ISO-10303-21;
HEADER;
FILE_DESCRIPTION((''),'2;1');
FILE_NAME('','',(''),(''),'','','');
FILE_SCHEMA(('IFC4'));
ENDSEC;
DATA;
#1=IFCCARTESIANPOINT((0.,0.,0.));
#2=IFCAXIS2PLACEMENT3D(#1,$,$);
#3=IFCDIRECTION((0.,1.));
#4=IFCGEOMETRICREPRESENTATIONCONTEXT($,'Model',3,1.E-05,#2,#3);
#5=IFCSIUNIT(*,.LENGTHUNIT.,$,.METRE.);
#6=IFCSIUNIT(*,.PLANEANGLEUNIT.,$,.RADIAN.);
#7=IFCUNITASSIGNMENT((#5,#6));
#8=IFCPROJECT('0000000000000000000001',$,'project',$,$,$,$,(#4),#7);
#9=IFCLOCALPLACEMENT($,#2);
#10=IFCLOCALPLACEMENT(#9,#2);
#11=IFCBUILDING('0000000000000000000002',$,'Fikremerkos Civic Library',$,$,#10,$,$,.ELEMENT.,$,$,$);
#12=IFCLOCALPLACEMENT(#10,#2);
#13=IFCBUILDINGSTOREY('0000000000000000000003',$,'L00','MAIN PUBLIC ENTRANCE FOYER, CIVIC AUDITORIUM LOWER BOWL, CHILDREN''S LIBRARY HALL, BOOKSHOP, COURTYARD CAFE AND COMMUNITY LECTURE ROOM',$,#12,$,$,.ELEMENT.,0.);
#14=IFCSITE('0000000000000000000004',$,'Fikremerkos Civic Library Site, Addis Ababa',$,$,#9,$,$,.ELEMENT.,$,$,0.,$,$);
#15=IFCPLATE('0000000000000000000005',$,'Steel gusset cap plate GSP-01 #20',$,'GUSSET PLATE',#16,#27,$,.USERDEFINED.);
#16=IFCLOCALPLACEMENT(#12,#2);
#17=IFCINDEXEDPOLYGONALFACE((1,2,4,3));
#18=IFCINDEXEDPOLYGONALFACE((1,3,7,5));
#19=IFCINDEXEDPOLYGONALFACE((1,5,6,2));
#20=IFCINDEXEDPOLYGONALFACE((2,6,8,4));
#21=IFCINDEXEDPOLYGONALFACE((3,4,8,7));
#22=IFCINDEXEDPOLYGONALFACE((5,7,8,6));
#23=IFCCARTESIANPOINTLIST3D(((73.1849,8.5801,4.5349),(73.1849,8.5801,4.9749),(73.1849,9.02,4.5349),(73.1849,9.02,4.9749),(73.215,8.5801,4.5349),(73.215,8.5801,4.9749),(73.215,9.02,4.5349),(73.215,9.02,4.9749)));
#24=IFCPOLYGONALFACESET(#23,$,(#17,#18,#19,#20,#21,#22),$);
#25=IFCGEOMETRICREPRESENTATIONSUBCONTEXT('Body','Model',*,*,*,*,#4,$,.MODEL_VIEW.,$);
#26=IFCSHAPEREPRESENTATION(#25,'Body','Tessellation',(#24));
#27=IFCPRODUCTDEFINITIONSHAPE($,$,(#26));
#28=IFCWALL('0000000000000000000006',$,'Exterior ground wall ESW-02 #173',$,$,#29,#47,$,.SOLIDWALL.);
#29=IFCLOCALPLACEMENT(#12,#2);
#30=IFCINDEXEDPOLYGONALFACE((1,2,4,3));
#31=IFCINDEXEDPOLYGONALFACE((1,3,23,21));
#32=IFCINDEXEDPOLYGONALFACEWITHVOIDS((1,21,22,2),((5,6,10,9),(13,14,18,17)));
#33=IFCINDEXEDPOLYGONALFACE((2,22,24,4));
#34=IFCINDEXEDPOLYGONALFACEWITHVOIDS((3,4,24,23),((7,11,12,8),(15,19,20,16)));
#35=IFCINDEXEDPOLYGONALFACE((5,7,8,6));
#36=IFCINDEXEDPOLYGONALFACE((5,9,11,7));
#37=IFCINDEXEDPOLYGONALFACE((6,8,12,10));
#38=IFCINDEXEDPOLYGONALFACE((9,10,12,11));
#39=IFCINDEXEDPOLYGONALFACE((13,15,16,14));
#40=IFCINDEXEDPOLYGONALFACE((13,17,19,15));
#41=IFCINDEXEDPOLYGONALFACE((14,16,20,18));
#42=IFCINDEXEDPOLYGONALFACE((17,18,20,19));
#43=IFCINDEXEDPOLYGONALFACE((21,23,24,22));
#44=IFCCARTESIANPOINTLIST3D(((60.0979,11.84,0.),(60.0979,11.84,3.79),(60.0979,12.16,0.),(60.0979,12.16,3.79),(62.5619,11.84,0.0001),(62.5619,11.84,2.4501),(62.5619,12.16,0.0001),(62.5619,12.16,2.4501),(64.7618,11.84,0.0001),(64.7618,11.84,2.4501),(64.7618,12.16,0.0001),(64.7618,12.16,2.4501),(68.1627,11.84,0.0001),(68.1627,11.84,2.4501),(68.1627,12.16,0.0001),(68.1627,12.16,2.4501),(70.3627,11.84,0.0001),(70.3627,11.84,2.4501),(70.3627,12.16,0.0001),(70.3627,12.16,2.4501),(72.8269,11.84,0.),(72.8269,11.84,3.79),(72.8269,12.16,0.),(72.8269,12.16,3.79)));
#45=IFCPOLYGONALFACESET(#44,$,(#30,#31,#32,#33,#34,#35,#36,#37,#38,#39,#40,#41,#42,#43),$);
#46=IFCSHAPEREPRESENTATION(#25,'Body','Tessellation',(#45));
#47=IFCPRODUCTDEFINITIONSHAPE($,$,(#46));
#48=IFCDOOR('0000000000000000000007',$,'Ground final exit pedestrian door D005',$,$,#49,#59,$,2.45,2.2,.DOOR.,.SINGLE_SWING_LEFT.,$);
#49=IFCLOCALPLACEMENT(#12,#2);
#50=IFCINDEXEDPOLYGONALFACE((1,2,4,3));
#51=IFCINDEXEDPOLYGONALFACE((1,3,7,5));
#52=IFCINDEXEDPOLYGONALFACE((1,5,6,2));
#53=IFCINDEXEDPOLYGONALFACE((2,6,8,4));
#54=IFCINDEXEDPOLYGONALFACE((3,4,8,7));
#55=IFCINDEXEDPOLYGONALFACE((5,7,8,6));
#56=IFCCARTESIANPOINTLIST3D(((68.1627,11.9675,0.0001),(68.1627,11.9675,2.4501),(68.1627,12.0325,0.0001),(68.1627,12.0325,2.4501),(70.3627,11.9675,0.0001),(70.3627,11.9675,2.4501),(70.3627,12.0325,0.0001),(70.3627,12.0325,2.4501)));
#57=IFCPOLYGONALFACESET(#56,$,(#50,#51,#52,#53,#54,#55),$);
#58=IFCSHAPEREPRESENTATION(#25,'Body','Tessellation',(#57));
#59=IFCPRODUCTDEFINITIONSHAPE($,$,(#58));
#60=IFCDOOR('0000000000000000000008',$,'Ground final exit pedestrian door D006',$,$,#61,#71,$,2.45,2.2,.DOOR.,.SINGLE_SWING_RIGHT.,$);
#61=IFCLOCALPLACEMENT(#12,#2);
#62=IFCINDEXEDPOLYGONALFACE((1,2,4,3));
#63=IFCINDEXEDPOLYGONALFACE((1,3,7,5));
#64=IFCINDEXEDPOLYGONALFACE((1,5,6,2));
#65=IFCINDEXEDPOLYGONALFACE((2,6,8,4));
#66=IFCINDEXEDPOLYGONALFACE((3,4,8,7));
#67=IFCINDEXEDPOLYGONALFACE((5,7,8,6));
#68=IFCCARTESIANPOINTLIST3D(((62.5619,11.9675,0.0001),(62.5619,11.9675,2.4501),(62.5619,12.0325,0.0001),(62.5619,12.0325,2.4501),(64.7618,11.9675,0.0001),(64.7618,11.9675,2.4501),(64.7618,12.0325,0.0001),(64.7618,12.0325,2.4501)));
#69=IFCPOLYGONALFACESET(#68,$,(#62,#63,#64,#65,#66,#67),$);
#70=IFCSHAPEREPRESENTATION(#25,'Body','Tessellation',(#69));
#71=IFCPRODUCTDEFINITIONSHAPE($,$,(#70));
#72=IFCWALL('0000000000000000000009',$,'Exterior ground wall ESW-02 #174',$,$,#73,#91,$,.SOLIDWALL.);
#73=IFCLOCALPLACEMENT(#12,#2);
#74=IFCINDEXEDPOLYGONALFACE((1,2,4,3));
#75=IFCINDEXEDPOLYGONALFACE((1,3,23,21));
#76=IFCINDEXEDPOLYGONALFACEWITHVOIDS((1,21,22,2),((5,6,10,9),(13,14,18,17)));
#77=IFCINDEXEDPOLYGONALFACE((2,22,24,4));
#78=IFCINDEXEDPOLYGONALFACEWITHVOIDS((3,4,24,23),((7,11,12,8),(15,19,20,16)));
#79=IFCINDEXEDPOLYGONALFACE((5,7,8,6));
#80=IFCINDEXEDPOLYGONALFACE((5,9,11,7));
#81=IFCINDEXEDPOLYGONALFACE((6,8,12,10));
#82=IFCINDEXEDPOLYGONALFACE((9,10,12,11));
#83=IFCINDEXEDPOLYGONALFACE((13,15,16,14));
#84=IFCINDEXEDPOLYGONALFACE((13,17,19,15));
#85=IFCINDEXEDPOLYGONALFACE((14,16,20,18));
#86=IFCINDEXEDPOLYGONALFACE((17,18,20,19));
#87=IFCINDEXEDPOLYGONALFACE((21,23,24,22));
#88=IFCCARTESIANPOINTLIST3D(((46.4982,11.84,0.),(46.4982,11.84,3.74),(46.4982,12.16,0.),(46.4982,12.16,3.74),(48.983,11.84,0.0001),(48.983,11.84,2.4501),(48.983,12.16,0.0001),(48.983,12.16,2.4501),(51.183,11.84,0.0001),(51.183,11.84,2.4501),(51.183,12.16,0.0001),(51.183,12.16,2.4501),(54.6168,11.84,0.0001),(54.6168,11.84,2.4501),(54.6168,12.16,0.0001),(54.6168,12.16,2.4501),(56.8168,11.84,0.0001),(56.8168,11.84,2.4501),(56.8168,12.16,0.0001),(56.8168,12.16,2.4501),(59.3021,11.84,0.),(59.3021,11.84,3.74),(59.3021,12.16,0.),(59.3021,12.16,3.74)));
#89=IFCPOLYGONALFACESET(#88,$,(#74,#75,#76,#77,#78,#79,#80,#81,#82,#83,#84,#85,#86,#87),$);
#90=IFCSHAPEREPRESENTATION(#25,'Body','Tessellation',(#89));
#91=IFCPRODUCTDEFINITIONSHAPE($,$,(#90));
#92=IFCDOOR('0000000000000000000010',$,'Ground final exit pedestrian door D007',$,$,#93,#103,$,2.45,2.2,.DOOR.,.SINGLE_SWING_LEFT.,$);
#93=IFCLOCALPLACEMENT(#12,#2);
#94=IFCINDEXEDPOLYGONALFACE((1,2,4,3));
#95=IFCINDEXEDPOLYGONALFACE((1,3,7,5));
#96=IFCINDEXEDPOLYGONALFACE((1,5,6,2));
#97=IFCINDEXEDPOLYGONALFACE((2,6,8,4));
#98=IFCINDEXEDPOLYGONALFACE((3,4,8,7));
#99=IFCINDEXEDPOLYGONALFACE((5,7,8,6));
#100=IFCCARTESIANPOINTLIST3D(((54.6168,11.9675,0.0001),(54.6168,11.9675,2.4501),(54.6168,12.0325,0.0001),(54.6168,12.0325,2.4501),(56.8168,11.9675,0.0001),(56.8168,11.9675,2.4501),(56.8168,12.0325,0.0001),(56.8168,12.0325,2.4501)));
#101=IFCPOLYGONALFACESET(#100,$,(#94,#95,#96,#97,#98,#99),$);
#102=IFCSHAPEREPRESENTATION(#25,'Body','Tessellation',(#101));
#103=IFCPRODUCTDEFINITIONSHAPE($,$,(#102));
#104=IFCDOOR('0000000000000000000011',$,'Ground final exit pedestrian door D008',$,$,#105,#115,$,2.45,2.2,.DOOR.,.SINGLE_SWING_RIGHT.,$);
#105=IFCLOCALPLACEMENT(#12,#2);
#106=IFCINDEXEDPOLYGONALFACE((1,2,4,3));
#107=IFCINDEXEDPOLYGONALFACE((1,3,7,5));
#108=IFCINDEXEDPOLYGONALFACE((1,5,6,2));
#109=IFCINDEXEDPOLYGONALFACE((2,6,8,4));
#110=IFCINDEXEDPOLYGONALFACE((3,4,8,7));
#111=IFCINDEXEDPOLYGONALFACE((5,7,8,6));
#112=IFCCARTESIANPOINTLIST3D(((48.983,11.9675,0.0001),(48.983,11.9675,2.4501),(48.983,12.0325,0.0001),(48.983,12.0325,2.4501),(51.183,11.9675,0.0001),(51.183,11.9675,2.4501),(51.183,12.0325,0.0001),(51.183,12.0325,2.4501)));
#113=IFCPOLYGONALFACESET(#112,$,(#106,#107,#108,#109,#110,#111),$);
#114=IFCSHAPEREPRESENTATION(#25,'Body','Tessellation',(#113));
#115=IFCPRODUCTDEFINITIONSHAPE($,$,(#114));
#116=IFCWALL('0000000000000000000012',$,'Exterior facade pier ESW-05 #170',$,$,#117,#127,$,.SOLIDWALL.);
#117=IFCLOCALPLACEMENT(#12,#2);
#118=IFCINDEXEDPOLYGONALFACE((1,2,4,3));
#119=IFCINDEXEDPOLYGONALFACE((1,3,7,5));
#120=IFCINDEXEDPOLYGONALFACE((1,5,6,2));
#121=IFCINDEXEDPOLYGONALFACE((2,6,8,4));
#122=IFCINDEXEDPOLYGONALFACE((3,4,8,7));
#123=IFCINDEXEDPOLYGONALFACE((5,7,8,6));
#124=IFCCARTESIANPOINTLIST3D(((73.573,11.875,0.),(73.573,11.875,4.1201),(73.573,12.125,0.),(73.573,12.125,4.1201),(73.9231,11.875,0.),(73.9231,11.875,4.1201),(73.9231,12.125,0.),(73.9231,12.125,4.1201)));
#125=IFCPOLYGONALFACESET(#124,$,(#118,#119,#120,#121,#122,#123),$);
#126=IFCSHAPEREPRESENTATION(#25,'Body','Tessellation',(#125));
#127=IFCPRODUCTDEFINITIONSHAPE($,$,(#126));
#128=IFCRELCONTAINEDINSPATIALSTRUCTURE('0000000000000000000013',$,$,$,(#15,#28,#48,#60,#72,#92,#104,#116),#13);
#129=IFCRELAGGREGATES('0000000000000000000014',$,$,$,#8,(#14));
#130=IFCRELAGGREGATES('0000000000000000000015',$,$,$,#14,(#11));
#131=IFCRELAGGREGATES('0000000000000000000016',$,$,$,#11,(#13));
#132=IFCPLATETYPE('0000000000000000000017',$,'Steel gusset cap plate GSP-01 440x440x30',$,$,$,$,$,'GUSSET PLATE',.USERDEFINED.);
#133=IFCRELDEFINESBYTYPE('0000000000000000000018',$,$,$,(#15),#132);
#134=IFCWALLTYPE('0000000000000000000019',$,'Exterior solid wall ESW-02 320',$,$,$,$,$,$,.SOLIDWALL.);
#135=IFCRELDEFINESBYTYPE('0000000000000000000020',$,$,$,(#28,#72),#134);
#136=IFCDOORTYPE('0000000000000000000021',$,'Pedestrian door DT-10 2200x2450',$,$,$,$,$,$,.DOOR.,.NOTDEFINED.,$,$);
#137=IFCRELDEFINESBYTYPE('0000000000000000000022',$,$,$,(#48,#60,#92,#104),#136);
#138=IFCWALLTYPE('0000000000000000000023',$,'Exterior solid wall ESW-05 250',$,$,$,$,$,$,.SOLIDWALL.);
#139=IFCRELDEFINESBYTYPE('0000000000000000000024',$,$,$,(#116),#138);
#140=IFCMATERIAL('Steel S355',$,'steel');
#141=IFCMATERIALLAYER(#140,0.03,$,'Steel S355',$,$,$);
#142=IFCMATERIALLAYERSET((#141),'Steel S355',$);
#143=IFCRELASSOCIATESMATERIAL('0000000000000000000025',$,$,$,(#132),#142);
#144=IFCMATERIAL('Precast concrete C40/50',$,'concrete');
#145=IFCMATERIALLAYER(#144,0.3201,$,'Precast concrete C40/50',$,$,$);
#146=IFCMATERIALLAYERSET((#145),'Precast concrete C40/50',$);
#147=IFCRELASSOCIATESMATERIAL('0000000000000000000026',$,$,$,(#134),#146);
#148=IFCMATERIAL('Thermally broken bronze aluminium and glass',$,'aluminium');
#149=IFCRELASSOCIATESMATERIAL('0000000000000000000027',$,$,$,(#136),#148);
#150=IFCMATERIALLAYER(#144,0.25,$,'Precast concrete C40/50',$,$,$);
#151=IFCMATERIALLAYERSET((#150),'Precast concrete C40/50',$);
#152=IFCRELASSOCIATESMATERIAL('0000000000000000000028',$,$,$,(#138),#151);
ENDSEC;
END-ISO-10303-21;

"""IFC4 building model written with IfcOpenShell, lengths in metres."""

from ifc_helpers import new_model, si_unit, direction, frame, frame_2d, origin, origin_2d, place, context, subcontext, project, spatial, rectangle, extrude, material, layer, layer_set, type_object, element, fill, save


model = new_model("IFC4")

# Units and contexts
model_context = context("Model", 3, precision=1e-05, world=origin(), true_north=direction((0.0, 1.0)))
body_context = subcontext(model_context, "Body", "Model", "MODEL_VIEW")
ifc_project = project(units=[si_unit("LENGTHUNIT", "METRE"), si_unit("PLANEANGLEUNIT", "RADIAN")], contexts=[model_context])

# Site, building, storey
site_placement = place(None, origin())
site = spatial("IfcSite", under=ifc_project, at=site_placement, Name="Fikremerkos Civic Library Site, Addis Ababa", CompositionType="ELEMENT", RefElevation=0.0)
building_placement = place(site_placement, origin())
building = spatial("IfcBuilding", under=site, at=building_placement, Name="Fikremerkos Civic Library", CompositionType="ELEMENT")
storey_placement = place(building_placement, origin())
storey = spatial("IfcBuildingStorey", under=building, at=storey_placement, Name="L00", Description="MAIN PUBLIC ENTRANCE FOYER, CIVIC AUDITORIUM LOWER BOWL, CHILDREN'S LIBRARY HALL, BOOKSHOP, COURTYARD CAFE AND COMMUNITY LECTURE ROOM", CompositionType="ELEMENT", Elevation=0.0)

# Shared definitions
ifc_material_1 = material(Name="Steel S355", Category="steel")

# Plate
ifc_layer_1 = layer(ifc_material_1, 0.03, Name="Steel S355")
ifc_layer_set_1 = layer_set([ifc_layer_1], Name="Steel S355")
plate_type = type_object("IfcPlateType", Name="Steel gusset cap plate GSP-01 440x440x30", ElementType="GUSSET PLATE", PredefinedType="USERDEFINED", material=ifc_layer_set_1)
for number, where, z_axis, x_axis, name in (
    (1, (73.2, 8.8, 4.5349), (0.0, 0.0, 1.0), (1.0, 0.0, 0.0), "Steel gusset cap plate GSP-01 #20"),
):
    element("IfcPlate", number, at=place(storey_placement, frame(where, z_axis=z_axis, x_axis=x_axis)), inside=storey, type_object=plate_type, Name=name, ObjectType="GUSSET PLATE", PredefinedType="USERDEFINED", context=body_context, shape_type="SweptSolid", body=[
        extrude(rectangle(XDim=0.03, YDim=0.4399, at=origin_2d()), origin(), (0.0, 0.0, 1.0), 0.4399),
    ])

# Walls, openings, doors
ifc_material_2 = material(Name="Precast concrete C40/50", Category="concrete")
ifc_layer_2 = layer(ifc_material_2, 0.3201, Name="Precast concrete C40/50")
ifc_layer_set_2 = layer_set([ifc_layer_2], Name="Precast concrete C40/50")
wall_type_1 = type_object("IfcWallType", Name="Exterior solid wall ESW-02 320", PredefinedType="SOLIDWALL", material=ifc_layer_set_2)
wall_1_placement = place(storey_placement, frame((72.8269, 12.0, 0.0), z_axis=(0.0, 0.0, 1.0), x_axis=(-1.0, 0.0, 0.0)))
wall_1 = element("IfcWall", 2, at=wall_1_placement, inside=storey, type_object=wall_type_1, Name="Exterior ground wall ESW-02 #173", PredefinedType="SOLIDWALL", context=body_context, shape_type="SweptSolid", body=[
    extrude(rectangle(XDim=12.729, YDim=0.3201, at=frame_2d((6.3645, 0.0))), origin(), (0.0, 0.0, 1.0), 3.79),
])
opening_1_placement = place(wall_1_placement, frame((2.4641, 0.0, 0.0)))
opening_1 = element("IfcOpeningElement", 3, at=opening_1_placement, cuts=wall_1, PredefinedType="OPENING", context=body_context, shape_type="SweptSolid", body=[
    extrude(rectangle(XDim=2.2, YDim=2.45, at=frame_2d((1.1001, 1.2251))), frame((0.0, 0.1699, 0.0), z_axis=(0.0, -1.0, 0.0), x_axis=(1.0, 0.0, 0.0)), (0.0, 0.0, 1.0), 0.3401),
])
opening_2_placement = place(wall_1_placement, frame((8.0649, 0.0, 0.0)))
opening_2 = element("IfcOpeningElement", 4, at=opening_2_placement, cuts=wall_1, PredefinedType="OPENING", context=body_context, shape_type="SweptSolid", body=[
    extrude(rectangle(XDim=2.2, YDim=2.45, at=frame_2d((1.1001, 1.2251))), frame((0.0, 0.1699, 0.0), z_axis=(0.0, -1.0, 0.0), x_axis=(1.0, 0.0, 0.0)), (0.0, 0.0, 1.0), 0.3401),
])
ifc_material_3 = material(Name="Thermally broken bronze aluminium and glass", Category="aluminium")
door_type = type_object("IfcDoorType", Name="Pedestrian door DT-10 2200x2450", OperationType="NOTDEFINED", PredefinedType="DOOR", material=ifc_material_3)
door_1_placement = place(opening_1_placement, origin())
door_1 = element("IfcDoor", 5, at=door_1_placement, inside=storey, type_object=door_type, Name="Ground final exit pedestrian door D005", OperationType="SINGLE_SWING_LEFT", OverallHeight=2.45, OverallWidth=2.2, PredefinedType="DOOR", context=body_context, shape_type="SweptSolid", body=[
    extrude(rectangle(XDim=2.2, YDim=2.45, at=frame_2d((1.1001, 1.2251))), frame((0.0, 0.0325, 0.0), z_axis=(0.0, -1.0, 0.0), x_axis=(1.0, 0.0, 0.0)), (0.0, 0.0, 1.0), 0.0649),
])
fill(opening_1, door_1)
door_2_placement = place(opening_2_placement, origin())
door_2 = element("IfcDoor", 6, at=door_2_placement, inside=storey, type_object=door_type, Name="Ground final exit pedestrian door D006", OperationType="SINGLE_SWING_RIGHT", OverallHeight=2.45, OverallWidth=2.2, PredefinedType="DOOR", context=body_context, shape_type="SweptSolid", body=[
    extrude(rectangle(XDim=2.2, YDim=2.45, at=frame_2d((1.1001, 1.2251))), frame((0.0, 0.0325, 0.0), z_axis=(0.0, -1.0, 0.0), x_axis=(1.0, 0.0, 0.0)), (0.0, 0.0, 1.0), 0.0649),
])
fill(opening_2, door_2)
wall_2_placement = place(storey_placement, frame((59.302, 12.0, 0.0), z_axis=(0.0, 0.0, 1.0), x_axis=(-1.0, 0.0, 0.0)))
wall_2 = element("IfcWall", 7, at=wall_2_placement, inside=storey, type_object=wall_type_1, Name="Exterior ground wall ESW-02 #174", PredefinedType="SOLIDWALL", context=body_context, shape_type="SweptSolid", body=[
    extrude(rectangle(XDim=12.804, YDim=0.3201, at=frame_2d((6.4019, 0.0))), origin(), (0.0, 0.0, 1.0), 3.74),
])
opening_3_placement = place(wall_2_placement, frame((2.4851, 0.0, 0.0)))
opening_3 = element("IfcOpeningElement", 8, at=opening_3_placement, cuts=wall_2, PredefinedType="OPENING", context=body_context, shape_type="SweptSolid", body=[
    extrude(rectangle(XDim=2.2, YDim=2.45, at=frame_2d((1.1001, 1.2251))), frame((0.0, 0.1699, 0.0), z_axis=(0.0, -1.0, 0.0), x_axis=(1.0, 0.0, 0.0)), (0.0, 0.0, 1.0), 0.3401),
])
opening_4_placement = place(wall_2_placement, frame((8.1189, 0.0, 0.0)))
opening_4 = element("IfcOpeningElement", 9, at=opening_4_placement, cuts=wall_2, PredefinedType="OPENING", context=body_context, shape_type="SweptSolid", body=[
    extrude(rectangle(XDim=2.2, YDim=2.45, at=frame_2d((1.1001, 1.2251))), frame((0.0, 0.1699, 0.0), z_axis=(0.0, -1.0, 0.0), x_axis=(1.0, 0.0, 0.0)), (0.0, 0.0, 1.0), 0.3401),
])
door_3_placement = place(opening_3_placement, origin())
door_3 = element("IfcDoor", 10, at=door_3_placement, inside=storey, type_object=door_type, Name="Ground final exit pedestrian door D007", OperationType="SINGLE_SWING_LEFT", OverallHeight=2.45, OverallWidth=2.2, PredefinedType="DOOR", context=body_context, shape_type="SweptSolid", body=[
    extrude(rectangle(XDim=2.2, YDim=2.45, at=frame_2d((1.1001, 1.2251))), frame((0.0, 0.0325, 0.0), z_axis=(0.0, -1.0, 0.0), x_axis=(1.0, 0.0, 0.0)), (0.0, 0.0, 1.0), 0.0649),
])
fill(opening_3, door_3)
door_4_placement = place(opening_4_placement, origin())
door_4 = element("IfcDoor", 11, at=door_4_placement, inside=storey, type_object=door_type, Name="Ground final exit pedestrian door D008", OperationType="SINGLE_SWING_RIGHT", OverallHeight=2.45, OverallWidth=2.2, PredefinedType="DOOR", context=body_context, shape_type="SweptSolid", body=[
    extrude(rectangle(XDim=2.2, YDim=2.45, at=frame_2d((1.1001, 1.2251))), frame((0.0, 0.0325, 0.0), z_axis=(0.0, -1.0, 0.0), x_axis=(1.0, 0.0, 0.0)), (0.0, 0.0, 1.0), 0.0649),
])
fill(opening_4, door_4)

# Wall
ifc_layer_3 = layer(ifc_material_2, 0.25, Name="Precast concrete C40/50")
ifc_layer_set_3 = layer_set([ifc_layer_3], Name="Precast concrete C40/50")
wall_type_2 = type_object("IfcWallType", Name="Exterior solid wall ESW-05 250", PredefinedType="SOLIDWALL", material=ifc_layer_set_3)
wall_3_placement = place(storey_placement, frame((73.9231, 12.0, 0.0), z_axis=(0.0, 0.0, 1.0), x_axis=(-1.0, 0.0, 0.0)))
element("IfcWall", 12, at=wall_3_placement, inside=storey, type_object=wall_type_2, Name="Exterior facade pier ESW-05 #170", PredefinedType="SOLIDWALL", context=body_context, shape_type="SweptSolid", body=[
    extrude(rectangle(XDim=0.3501, YDim=0.25, at=frame_2d((0.175, 0.0))), origin(), (0.0, 0.0, 1.0), 4.1201),
])

save(model, "model.ifc")
